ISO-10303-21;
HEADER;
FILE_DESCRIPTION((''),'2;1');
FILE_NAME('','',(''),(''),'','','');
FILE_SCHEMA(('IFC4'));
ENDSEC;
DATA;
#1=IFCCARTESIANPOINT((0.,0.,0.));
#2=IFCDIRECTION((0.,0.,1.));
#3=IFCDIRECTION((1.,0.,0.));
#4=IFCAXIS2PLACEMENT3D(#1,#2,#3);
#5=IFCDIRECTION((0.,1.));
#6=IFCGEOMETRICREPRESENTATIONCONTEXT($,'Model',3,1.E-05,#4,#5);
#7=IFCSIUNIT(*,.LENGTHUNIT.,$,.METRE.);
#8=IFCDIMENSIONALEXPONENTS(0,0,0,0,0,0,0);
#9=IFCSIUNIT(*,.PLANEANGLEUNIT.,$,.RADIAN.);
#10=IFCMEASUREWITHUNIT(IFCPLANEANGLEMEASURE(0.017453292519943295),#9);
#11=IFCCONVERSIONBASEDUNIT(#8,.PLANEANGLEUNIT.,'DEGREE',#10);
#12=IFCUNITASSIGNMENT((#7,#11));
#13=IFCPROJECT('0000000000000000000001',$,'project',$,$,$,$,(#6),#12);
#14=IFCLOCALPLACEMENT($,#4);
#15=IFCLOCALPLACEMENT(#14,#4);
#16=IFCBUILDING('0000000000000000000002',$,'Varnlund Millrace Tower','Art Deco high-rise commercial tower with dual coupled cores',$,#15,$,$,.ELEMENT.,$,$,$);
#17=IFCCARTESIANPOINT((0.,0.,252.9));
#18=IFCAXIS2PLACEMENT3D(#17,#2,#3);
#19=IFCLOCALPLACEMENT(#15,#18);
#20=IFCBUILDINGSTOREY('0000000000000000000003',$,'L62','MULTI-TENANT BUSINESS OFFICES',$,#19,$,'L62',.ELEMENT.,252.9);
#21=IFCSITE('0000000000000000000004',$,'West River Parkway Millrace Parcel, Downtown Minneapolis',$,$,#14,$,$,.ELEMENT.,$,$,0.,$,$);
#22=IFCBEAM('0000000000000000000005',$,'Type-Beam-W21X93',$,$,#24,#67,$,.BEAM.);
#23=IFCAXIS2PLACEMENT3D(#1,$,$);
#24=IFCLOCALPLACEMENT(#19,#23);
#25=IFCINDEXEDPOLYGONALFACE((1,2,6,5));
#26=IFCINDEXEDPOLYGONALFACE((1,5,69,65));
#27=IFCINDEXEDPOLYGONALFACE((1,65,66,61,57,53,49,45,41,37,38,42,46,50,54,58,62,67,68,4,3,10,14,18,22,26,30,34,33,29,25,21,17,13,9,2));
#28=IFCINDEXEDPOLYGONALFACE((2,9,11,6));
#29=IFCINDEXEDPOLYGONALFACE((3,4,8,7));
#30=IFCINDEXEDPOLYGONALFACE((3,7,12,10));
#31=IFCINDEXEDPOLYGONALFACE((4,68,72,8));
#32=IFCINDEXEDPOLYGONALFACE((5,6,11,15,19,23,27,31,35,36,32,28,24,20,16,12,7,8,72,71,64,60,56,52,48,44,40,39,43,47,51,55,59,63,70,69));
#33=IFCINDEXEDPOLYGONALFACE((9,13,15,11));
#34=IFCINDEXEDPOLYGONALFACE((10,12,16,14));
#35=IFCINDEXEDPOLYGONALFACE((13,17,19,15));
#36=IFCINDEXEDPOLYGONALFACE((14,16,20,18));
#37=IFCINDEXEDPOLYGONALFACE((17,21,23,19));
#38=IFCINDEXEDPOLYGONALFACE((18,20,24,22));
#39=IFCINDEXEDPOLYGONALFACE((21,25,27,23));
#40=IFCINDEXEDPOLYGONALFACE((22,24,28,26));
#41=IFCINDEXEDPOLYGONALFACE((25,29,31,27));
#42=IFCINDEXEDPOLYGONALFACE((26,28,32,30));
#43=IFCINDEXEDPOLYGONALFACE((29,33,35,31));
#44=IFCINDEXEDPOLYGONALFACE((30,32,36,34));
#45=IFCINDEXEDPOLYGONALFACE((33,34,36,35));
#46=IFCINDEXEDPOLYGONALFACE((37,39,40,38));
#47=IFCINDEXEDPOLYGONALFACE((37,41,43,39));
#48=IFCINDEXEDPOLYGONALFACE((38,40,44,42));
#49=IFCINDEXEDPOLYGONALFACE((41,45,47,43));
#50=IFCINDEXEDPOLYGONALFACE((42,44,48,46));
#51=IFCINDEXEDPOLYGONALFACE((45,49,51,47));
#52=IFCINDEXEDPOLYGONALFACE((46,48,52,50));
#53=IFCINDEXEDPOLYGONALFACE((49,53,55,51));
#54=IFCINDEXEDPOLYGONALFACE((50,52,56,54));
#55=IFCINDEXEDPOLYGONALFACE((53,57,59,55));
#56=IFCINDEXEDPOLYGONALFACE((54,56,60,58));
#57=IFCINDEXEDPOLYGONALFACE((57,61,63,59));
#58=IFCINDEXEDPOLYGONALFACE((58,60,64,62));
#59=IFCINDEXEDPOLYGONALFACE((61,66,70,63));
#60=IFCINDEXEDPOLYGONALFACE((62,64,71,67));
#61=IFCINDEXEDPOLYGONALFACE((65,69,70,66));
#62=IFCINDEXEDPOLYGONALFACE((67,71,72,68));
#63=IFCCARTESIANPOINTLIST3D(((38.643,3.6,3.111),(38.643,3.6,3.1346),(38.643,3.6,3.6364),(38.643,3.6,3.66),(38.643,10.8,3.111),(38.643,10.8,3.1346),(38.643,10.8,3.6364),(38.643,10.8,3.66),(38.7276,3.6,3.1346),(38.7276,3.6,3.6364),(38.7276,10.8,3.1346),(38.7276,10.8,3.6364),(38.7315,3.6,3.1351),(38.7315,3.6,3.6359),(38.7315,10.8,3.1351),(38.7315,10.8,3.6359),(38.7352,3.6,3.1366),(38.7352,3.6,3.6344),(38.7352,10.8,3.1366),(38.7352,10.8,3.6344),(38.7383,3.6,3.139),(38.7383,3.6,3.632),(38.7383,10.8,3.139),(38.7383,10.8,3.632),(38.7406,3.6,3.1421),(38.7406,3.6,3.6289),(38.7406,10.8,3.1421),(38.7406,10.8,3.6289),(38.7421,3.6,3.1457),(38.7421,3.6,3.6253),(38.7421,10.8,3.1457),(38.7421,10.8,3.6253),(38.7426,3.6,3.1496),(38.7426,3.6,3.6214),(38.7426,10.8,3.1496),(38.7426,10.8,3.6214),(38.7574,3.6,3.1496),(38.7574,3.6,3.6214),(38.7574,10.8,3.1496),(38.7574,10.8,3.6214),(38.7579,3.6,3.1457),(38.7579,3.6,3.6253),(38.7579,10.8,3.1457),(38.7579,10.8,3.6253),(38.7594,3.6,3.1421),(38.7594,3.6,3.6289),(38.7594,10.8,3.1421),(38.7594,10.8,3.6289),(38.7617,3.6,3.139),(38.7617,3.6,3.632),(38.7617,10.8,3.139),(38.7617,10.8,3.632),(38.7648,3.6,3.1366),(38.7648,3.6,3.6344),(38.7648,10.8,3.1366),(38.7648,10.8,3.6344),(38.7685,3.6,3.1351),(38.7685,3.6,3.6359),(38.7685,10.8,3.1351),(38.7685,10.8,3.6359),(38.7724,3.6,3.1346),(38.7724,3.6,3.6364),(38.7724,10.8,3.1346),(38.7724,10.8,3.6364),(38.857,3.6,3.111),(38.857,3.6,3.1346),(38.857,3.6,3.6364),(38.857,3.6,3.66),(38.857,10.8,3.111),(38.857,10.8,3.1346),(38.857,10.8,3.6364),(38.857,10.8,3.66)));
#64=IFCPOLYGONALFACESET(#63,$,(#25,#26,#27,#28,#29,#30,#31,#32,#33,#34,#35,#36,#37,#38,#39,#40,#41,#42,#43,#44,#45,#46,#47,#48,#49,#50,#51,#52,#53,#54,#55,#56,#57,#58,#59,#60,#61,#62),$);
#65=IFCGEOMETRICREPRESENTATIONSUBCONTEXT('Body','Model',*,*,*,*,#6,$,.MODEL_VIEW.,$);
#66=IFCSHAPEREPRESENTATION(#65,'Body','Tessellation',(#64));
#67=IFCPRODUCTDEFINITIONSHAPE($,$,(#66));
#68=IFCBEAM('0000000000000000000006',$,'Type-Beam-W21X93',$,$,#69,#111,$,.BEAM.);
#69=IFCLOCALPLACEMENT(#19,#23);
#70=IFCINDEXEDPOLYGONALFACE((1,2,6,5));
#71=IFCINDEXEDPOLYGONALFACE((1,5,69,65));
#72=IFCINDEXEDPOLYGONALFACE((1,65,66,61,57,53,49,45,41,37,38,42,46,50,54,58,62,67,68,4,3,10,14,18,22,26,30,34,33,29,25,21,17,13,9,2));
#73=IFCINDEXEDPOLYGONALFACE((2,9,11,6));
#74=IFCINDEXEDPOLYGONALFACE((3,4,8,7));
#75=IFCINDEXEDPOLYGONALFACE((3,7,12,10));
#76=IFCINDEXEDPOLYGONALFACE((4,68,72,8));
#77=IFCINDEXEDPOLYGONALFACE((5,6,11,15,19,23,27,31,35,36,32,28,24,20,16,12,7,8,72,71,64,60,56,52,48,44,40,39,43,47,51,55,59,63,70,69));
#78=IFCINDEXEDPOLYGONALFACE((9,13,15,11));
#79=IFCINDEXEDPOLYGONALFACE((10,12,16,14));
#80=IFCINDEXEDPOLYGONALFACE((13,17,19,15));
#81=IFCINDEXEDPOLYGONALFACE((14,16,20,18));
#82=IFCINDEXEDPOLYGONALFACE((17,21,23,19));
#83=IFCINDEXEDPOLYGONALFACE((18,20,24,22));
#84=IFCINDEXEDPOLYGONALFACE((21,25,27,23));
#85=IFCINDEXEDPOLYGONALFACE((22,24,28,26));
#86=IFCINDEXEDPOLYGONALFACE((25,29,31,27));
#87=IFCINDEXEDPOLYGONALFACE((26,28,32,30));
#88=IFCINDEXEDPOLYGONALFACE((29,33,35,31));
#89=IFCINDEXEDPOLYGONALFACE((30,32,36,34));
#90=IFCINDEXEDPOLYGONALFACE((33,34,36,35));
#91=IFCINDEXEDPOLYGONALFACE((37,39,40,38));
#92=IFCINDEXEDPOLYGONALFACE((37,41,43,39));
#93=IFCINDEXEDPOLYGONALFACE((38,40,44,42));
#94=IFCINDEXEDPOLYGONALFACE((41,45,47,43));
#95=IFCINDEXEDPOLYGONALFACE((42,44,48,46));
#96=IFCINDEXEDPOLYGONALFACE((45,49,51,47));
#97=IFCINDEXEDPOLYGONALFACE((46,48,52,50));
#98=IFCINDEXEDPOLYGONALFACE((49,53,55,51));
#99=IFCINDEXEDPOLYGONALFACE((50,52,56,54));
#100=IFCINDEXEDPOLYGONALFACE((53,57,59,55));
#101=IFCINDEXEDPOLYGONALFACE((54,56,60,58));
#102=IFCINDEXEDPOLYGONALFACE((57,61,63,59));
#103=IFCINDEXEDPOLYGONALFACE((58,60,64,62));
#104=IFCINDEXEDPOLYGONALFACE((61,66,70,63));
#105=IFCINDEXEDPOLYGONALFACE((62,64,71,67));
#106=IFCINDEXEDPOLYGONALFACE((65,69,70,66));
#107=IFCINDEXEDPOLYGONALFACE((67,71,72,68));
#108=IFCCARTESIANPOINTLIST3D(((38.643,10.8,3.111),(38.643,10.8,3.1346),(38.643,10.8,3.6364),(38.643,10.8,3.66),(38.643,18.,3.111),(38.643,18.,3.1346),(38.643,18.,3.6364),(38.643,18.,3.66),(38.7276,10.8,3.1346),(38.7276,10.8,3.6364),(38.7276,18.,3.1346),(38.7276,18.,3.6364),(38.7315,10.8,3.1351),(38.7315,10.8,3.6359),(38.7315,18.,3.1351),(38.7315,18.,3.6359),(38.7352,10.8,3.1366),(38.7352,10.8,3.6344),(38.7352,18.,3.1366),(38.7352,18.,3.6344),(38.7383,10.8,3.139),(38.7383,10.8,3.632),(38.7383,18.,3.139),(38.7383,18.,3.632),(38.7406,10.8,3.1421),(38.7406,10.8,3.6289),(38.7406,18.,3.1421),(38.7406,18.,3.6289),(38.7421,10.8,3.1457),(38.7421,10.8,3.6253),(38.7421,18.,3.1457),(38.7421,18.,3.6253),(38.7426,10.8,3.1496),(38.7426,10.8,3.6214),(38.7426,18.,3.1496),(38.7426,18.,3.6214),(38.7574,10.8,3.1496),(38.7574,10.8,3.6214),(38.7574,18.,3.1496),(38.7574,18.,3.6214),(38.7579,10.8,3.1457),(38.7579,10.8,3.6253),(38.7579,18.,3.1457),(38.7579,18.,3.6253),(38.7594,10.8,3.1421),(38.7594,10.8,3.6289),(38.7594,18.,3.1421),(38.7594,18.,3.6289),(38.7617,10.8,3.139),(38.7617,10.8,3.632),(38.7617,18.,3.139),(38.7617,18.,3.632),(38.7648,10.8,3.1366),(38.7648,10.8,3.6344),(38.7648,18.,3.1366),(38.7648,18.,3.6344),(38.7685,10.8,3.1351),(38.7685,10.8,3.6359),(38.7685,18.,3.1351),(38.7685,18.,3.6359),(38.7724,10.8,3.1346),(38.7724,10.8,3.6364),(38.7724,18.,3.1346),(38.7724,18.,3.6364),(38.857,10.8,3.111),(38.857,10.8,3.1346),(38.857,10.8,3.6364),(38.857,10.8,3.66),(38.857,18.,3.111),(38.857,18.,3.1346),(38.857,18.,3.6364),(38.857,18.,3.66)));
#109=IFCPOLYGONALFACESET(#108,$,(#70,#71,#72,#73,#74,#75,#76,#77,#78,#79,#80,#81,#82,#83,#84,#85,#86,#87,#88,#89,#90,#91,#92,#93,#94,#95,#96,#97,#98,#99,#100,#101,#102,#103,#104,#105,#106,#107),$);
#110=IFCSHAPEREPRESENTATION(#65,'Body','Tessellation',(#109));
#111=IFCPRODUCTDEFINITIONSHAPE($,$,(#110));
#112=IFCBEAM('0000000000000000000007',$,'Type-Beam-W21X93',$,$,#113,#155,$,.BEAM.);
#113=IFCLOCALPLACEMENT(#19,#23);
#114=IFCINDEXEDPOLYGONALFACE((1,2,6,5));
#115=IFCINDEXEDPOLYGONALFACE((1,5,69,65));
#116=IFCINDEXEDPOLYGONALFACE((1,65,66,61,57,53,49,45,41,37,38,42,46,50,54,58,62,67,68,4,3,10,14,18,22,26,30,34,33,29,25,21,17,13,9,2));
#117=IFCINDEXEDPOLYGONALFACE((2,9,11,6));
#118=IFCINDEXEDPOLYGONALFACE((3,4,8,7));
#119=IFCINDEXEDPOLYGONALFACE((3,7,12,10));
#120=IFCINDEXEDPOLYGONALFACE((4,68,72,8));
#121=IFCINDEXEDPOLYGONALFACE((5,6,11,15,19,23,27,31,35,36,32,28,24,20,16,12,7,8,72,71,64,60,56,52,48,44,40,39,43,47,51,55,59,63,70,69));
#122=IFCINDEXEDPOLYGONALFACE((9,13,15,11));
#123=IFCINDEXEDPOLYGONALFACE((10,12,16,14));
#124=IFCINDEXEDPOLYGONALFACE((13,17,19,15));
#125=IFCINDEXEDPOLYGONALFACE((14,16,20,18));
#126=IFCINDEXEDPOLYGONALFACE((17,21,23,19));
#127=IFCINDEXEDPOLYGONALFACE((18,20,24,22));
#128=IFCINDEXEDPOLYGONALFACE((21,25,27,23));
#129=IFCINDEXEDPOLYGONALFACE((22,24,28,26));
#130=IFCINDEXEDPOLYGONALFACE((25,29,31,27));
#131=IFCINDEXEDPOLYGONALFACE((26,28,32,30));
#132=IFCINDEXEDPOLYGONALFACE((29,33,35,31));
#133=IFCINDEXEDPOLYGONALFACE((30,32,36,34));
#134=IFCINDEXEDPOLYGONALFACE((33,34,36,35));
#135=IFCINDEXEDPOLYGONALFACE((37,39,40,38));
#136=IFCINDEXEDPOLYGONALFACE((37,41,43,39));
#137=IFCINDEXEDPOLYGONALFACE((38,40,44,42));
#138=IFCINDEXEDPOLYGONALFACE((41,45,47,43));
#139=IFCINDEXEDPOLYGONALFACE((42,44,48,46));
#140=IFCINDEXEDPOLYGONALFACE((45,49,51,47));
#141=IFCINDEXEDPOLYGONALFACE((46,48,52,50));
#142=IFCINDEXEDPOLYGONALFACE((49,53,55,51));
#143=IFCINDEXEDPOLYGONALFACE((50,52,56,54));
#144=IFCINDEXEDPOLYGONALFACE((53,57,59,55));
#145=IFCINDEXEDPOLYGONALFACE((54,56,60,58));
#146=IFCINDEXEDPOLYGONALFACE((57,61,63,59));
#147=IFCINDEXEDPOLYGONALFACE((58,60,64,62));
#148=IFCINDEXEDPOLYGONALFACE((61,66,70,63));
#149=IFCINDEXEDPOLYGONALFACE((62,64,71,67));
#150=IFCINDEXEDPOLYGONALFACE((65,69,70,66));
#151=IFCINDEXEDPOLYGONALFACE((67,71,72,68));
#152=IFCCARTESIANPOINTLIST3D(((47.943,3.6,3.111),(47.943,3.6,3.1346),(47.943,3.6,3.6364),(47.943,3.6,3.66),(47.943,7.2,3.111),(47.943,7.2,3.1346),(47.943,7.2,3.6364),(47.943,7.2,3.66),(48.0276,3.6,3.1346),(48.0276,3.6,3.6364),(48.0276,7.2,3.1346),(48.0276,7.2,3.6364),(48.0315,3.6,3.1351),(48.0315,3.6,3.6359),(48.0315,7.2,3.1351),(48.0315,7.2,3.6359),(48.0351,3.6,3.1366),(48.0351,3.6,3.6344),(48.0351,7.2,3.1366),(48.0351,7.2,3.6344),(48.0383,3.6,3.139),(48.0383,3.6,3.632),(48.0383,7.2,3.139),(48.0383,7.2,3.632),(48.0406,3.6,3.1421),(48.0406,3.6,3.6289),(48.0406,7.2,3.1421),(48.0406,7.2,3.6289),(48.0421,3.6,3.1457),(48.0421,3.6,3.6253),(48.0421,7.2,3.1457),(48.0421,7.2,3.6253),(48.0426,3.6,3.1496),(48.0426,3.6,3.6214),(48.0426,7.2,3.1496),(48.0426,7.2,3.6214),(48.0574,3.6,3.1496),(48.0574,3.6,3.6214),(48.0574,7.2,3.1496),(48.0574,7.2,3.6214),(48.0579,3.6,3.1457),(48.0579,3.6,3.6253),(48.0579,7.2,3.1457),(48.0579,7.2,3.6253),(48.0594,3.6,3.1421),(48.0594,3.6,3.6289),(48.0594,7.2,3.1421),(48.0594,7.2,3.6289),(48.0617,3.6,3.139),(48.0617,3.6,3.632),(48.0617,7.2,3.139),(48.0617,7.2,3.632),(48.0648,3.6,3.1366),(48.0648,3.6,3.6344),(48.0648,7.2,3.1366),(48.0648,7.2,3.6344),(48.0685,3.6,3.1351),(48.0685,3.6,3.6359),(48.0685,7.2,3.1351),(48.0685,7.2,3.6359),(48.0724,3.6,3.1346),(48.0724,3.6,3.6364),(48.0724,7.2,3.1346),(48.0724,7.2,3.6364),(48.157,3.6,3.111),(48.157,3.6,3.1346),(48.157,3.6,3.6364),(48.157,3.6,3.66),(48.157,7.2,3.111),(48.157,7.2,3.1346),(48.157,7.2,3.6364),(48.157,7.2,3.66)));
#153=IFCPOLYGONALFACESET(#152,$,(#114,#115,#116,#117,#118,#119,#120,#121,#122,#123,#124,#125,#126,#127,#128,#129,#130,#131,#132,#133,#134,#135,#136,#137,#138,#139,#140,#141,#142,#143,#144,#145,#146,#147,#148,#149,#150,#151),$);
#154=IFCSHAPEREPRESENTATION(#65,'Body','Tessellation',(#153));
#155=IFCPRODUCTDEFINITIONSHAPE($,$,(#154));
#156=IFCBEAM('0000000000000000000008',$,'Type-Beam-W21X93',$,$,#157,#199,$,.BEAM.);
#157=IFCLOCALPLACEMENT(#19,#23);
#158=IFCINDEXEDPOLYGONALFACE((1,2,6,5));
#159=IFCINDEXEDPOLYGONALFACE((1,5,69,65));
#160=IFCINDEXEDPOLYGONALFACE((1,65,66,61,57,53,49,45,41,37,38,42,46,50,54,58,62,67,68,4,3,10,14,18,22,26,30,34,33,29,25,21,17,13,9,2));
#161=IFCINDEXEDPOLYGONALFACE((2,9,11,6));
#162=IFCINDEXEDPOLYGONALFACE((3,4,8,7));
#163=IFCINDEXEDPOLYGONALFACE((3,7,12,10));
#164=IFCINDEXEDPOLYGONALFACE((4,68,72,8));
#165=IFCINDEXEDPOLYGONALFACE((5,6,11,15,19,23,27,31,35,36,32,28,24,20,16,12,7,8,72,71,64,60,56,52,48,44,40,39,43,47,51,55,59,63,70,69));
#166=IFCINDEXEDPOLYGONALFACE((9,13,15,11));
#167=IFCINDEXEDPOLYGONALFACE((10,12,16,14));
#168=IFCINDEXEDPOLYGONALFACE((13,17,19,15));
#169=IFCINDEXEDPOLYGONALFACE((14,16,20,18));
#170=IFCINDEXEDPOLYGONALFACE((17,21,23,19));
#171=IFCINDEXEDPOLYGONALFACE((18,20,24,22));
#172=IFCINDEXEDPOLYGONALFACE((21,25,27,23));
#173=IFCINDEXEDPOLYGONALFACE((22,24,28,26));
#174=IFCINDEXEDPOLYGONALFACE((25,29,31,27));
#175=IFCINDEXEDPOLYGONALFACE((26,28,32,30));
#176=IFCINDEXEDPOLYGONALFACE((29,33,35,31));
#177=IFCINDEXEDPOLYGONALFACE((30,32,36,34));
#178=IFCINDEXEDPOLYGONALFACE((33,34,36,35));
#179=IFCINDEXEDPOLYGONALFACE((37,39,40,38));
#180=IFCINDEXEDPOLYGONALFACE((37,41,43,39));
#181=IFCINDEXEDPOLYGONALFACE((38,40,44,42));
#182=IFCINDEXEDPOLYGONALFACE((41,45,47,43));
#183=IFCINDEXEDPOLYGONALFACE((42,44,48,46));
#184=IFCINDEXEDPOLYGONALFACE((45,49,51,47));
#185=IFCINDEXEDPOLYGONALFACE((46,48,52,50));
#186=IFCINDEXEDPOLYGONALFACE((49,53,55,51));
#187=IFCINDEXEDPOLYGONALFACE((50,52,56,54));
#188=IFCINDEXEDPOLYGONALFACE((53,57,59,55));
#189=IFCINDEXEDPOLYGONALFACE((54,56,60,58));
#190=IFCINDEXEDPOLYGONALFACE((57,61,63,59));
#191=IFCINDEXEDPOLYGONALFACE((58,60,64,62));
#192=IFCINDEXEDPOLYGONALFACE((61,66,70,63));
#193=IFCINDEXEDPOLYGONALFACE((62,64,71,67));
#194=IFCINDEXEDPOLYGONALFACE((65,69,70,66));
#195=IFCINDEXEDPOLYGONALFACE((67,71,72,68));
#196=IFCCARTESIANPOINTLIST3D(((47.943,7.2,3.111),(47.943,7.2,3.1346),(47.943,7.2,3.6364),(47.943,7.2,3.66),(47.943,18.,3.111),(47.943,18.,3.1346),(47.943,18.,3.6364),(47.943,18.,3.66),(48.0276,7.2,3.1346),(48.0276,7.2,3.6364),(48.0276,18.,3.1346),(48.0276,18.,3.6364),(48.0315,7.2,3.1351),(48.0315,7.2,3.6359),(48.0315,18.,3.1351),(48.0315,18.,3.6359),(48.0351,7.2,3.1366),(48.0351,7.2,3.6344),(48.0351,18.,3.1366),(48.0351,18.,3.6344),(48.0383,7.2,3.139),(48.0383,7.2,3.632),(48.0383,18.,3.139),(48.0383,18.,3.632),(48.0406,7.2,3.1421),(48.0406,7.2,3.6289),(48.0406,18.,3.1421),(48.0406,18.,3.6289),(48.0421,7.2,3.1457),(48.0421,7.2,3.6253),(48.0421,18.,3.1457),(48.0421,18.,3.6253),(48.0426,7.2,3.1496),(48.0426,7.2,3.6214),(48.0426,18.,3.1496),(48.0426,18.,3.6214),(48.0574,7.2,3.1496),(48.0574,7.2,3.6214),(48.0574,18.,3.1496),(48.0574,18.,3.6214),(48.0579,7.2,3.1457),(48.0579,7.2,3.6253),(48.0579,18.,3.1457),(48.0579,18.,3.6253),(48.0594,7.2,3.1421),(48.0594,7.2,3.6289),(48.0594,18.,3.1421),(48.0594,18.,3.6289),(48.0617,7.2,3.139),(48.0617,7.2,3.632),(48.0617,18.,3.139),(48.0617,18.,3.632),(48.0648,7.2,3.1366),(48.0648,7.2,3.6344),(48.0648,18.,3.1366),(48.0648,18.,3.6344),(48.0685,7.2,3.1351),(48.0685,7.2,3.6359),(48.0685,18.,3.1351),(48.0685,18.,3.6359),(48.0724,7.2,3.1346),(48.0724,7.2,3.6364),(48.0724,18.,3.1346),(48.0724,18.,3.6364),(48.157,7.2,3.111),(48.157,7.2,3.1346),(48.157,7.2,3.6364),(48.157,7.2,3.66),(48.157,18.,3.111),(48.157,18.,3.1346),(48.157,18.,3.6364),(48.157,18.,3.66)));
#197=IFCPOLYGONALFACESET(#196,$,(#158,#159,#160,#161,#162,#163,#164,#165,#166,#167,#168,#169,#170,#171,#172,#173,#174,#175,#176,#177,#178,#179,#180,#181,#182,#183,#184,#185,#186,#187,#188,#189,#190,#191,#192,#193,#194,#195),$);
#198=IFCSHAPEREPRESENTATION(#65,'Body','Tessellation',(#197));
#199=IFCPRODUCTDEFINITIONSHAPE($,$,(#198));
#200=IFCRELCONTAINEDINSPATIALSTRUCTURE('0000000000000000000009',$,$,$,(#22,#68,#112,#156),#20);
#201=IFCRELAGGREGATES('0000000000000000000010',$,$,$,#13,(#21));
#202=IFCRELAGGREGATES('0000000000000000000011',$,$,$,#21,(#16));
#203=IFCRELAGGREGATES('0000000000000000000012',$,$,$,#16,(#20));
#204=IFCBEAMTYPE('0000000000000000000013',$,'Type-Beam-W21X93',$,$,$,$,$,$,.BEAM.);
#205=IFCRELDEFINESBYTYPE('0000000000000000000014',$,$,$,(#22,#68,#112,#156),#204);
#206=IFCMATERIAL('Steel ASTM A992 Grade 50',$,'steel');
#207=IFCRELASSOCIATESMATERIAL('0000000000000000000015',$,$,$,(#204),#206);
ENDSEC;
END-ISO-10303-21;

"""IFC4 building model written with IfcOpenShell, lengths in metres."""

from ifc_helpers import new_model, entity, si_unit, converted_unit, direction, frame, origin_with_axes, origin_2d_with_axis, place, context, subcontext, project, spatial, i_section, extrude, material, material_profile, profile_set, type_object, element, save


model = new_model("IFC4")

# Units and contexts
model_context = context("Model", 3, precision=1e-05, world=origin_with_axes(), true_north=direction((0.0, 1.0)))
body_context = subcontext(model_context, "Body", "Model", "MODEL_VIEW")
ifc_project = project(units=[si_unit("LENGTHUNIT", "METRE"), converted_unit("PLANEANGLEUNIT", "DEGREE", entity("IfcPlaneAngleMeasure", 0.017453292519943295), si_unit("PLANEANGLEUNIT", "RADIAN"), dimensions=[0, 0, 0, 0, 0, 0, 0])], contexts=[model_context])

# Site, building, storey
site_placement = place(None, origin_with_axes())
site = spatial("IfcSite", under=ifc_project, at=site_placement, Name="West River Parkway Millrace Parcel, Downtown Minneapolis", CompositionType="ELEMENT", RefElevation=0.0)
building_placement = place(site_placement, origin_with_axes())
building = spatial("IfcBuilding", under=site, at=building_placement, Name="Varnlund Millrace Tower", Description="Art Deco high-rise commercial tower with dual coupled cores", CompositionType="ELEMENT")
storey_placement = place(building_placement, frame((0.0, 0.0, 252.9), z_axis=(0.0, 0.0, 1.0), x_axis=(1.0, 0.0, 0.0)))
storey = spatial("IfcBuildingStorey", under=building, at=storey_placement, Name="L62", Description="MULTI-TENANT BUSINESS OFFICES", LongName="L62", CompositionType="ELEMENT", Elevation=252.9)

# Beams
ifc_material_1 = material(Name="Steel ASTM A992 Grade 50", Category="steel")
ifc_material_profile_1 = material_profile(ifc_material_1, i_section(OverallWidth=0.214, OverallDepth=0.549, WebThickness=0.0147, FlangeThickness=0.0236, FilletRadius=0.015, at=origin_2d_with_axis()), Name="Steel ASTM A992 Grade 50")
ifc_profile_set_1 = profile_set([ifc_material_profile_1], Name="Steel ASTM A992 Grade 50")
beam_type_1 = type_object("IfcBeamType", Name="Type-Beam-W21X93", PredefinedType="BEAM", material=ifc_profile_set_1)
for number, where, z_axis, x_axis, name in (
    (1, (38.75, 3.6, 3.3855), (0.0, 1.0, 0.0), (-1.0, 0.0, 0.0), "Type-Beam-W21X93"),
    (2, (38.75, 10.8, 3.3855), (0.0, 1.0, 0.0), (-1.0, 0.0, 0.0), "Type-Beam-W21X93"),
):
    element("IfcBeam", number, at=place(storey_placement, frame(where, z_axis=z_axis, x_axis=x_axis)), inside=storey, type_object=beam_type_1, Name=name, PredefinedType="BEAM", context=body_context, shape_type="SweptSolid", body=[
        extrude(i_section(OverallWidth=0.214, OverallDepth=0.549, WebThickness=0.0147, FlangeThickness=0.0236, FilletRadius=0.015, at=origin_2d_with_axis()), origin_with_axes(), (0.0, 0.0, 1.0), 7.2),
    ])
beam_1_placement = place(storey_placement, frame((48.05, 3.6, 3.3855), z_axis=(0.0, 1.0, 0.0), x_axis=(-1.0, 0.0, 0.0)))
element("IfcBeam", 3, at=beam_1_placement, inside=storey, type_object=beam_type_1, Name="Type-Beam-W21X93", PredefinedType="BEAM", context=body_context, shape_type="SweptSolid", body=[
    extrude(i_section(OverallWidth=0.214, OverallDepth=0.549, WebThickness=0.0147, FlangeThickness=0.0236, FilletRadius=0.015, at=origin_2d_with_axis()), origin_with_axes(), (0.0, 0.0, 1.0), 3.6),
])
beam_2_placement = place(storey_placement, frame((48.05, 7.2, 3.3855), z_axis=(0.0, 1.0, 0.0), x_axis=(-1.0, 0.0, 0.0)))
element("IfcBeam", 4, at=beam_2_placement, inside=storey, type_object=beam_type_1, Name="Type-Beam-W21X93", PredefinedType="BEAM", context=body_context, shape_type="SweptSolid", body=[
    extrude(i_section(OverallWidth=0.214, OverallDepth=0.549, WebThickness=0.0147, FlangeThickness=0.0236, FilletRadius=0.015, at=origin_2d_with_axis()), origin_with_axes(), (0.0, 0.0, 1.0), 10.8),
])

save(model, "model.ifc")
